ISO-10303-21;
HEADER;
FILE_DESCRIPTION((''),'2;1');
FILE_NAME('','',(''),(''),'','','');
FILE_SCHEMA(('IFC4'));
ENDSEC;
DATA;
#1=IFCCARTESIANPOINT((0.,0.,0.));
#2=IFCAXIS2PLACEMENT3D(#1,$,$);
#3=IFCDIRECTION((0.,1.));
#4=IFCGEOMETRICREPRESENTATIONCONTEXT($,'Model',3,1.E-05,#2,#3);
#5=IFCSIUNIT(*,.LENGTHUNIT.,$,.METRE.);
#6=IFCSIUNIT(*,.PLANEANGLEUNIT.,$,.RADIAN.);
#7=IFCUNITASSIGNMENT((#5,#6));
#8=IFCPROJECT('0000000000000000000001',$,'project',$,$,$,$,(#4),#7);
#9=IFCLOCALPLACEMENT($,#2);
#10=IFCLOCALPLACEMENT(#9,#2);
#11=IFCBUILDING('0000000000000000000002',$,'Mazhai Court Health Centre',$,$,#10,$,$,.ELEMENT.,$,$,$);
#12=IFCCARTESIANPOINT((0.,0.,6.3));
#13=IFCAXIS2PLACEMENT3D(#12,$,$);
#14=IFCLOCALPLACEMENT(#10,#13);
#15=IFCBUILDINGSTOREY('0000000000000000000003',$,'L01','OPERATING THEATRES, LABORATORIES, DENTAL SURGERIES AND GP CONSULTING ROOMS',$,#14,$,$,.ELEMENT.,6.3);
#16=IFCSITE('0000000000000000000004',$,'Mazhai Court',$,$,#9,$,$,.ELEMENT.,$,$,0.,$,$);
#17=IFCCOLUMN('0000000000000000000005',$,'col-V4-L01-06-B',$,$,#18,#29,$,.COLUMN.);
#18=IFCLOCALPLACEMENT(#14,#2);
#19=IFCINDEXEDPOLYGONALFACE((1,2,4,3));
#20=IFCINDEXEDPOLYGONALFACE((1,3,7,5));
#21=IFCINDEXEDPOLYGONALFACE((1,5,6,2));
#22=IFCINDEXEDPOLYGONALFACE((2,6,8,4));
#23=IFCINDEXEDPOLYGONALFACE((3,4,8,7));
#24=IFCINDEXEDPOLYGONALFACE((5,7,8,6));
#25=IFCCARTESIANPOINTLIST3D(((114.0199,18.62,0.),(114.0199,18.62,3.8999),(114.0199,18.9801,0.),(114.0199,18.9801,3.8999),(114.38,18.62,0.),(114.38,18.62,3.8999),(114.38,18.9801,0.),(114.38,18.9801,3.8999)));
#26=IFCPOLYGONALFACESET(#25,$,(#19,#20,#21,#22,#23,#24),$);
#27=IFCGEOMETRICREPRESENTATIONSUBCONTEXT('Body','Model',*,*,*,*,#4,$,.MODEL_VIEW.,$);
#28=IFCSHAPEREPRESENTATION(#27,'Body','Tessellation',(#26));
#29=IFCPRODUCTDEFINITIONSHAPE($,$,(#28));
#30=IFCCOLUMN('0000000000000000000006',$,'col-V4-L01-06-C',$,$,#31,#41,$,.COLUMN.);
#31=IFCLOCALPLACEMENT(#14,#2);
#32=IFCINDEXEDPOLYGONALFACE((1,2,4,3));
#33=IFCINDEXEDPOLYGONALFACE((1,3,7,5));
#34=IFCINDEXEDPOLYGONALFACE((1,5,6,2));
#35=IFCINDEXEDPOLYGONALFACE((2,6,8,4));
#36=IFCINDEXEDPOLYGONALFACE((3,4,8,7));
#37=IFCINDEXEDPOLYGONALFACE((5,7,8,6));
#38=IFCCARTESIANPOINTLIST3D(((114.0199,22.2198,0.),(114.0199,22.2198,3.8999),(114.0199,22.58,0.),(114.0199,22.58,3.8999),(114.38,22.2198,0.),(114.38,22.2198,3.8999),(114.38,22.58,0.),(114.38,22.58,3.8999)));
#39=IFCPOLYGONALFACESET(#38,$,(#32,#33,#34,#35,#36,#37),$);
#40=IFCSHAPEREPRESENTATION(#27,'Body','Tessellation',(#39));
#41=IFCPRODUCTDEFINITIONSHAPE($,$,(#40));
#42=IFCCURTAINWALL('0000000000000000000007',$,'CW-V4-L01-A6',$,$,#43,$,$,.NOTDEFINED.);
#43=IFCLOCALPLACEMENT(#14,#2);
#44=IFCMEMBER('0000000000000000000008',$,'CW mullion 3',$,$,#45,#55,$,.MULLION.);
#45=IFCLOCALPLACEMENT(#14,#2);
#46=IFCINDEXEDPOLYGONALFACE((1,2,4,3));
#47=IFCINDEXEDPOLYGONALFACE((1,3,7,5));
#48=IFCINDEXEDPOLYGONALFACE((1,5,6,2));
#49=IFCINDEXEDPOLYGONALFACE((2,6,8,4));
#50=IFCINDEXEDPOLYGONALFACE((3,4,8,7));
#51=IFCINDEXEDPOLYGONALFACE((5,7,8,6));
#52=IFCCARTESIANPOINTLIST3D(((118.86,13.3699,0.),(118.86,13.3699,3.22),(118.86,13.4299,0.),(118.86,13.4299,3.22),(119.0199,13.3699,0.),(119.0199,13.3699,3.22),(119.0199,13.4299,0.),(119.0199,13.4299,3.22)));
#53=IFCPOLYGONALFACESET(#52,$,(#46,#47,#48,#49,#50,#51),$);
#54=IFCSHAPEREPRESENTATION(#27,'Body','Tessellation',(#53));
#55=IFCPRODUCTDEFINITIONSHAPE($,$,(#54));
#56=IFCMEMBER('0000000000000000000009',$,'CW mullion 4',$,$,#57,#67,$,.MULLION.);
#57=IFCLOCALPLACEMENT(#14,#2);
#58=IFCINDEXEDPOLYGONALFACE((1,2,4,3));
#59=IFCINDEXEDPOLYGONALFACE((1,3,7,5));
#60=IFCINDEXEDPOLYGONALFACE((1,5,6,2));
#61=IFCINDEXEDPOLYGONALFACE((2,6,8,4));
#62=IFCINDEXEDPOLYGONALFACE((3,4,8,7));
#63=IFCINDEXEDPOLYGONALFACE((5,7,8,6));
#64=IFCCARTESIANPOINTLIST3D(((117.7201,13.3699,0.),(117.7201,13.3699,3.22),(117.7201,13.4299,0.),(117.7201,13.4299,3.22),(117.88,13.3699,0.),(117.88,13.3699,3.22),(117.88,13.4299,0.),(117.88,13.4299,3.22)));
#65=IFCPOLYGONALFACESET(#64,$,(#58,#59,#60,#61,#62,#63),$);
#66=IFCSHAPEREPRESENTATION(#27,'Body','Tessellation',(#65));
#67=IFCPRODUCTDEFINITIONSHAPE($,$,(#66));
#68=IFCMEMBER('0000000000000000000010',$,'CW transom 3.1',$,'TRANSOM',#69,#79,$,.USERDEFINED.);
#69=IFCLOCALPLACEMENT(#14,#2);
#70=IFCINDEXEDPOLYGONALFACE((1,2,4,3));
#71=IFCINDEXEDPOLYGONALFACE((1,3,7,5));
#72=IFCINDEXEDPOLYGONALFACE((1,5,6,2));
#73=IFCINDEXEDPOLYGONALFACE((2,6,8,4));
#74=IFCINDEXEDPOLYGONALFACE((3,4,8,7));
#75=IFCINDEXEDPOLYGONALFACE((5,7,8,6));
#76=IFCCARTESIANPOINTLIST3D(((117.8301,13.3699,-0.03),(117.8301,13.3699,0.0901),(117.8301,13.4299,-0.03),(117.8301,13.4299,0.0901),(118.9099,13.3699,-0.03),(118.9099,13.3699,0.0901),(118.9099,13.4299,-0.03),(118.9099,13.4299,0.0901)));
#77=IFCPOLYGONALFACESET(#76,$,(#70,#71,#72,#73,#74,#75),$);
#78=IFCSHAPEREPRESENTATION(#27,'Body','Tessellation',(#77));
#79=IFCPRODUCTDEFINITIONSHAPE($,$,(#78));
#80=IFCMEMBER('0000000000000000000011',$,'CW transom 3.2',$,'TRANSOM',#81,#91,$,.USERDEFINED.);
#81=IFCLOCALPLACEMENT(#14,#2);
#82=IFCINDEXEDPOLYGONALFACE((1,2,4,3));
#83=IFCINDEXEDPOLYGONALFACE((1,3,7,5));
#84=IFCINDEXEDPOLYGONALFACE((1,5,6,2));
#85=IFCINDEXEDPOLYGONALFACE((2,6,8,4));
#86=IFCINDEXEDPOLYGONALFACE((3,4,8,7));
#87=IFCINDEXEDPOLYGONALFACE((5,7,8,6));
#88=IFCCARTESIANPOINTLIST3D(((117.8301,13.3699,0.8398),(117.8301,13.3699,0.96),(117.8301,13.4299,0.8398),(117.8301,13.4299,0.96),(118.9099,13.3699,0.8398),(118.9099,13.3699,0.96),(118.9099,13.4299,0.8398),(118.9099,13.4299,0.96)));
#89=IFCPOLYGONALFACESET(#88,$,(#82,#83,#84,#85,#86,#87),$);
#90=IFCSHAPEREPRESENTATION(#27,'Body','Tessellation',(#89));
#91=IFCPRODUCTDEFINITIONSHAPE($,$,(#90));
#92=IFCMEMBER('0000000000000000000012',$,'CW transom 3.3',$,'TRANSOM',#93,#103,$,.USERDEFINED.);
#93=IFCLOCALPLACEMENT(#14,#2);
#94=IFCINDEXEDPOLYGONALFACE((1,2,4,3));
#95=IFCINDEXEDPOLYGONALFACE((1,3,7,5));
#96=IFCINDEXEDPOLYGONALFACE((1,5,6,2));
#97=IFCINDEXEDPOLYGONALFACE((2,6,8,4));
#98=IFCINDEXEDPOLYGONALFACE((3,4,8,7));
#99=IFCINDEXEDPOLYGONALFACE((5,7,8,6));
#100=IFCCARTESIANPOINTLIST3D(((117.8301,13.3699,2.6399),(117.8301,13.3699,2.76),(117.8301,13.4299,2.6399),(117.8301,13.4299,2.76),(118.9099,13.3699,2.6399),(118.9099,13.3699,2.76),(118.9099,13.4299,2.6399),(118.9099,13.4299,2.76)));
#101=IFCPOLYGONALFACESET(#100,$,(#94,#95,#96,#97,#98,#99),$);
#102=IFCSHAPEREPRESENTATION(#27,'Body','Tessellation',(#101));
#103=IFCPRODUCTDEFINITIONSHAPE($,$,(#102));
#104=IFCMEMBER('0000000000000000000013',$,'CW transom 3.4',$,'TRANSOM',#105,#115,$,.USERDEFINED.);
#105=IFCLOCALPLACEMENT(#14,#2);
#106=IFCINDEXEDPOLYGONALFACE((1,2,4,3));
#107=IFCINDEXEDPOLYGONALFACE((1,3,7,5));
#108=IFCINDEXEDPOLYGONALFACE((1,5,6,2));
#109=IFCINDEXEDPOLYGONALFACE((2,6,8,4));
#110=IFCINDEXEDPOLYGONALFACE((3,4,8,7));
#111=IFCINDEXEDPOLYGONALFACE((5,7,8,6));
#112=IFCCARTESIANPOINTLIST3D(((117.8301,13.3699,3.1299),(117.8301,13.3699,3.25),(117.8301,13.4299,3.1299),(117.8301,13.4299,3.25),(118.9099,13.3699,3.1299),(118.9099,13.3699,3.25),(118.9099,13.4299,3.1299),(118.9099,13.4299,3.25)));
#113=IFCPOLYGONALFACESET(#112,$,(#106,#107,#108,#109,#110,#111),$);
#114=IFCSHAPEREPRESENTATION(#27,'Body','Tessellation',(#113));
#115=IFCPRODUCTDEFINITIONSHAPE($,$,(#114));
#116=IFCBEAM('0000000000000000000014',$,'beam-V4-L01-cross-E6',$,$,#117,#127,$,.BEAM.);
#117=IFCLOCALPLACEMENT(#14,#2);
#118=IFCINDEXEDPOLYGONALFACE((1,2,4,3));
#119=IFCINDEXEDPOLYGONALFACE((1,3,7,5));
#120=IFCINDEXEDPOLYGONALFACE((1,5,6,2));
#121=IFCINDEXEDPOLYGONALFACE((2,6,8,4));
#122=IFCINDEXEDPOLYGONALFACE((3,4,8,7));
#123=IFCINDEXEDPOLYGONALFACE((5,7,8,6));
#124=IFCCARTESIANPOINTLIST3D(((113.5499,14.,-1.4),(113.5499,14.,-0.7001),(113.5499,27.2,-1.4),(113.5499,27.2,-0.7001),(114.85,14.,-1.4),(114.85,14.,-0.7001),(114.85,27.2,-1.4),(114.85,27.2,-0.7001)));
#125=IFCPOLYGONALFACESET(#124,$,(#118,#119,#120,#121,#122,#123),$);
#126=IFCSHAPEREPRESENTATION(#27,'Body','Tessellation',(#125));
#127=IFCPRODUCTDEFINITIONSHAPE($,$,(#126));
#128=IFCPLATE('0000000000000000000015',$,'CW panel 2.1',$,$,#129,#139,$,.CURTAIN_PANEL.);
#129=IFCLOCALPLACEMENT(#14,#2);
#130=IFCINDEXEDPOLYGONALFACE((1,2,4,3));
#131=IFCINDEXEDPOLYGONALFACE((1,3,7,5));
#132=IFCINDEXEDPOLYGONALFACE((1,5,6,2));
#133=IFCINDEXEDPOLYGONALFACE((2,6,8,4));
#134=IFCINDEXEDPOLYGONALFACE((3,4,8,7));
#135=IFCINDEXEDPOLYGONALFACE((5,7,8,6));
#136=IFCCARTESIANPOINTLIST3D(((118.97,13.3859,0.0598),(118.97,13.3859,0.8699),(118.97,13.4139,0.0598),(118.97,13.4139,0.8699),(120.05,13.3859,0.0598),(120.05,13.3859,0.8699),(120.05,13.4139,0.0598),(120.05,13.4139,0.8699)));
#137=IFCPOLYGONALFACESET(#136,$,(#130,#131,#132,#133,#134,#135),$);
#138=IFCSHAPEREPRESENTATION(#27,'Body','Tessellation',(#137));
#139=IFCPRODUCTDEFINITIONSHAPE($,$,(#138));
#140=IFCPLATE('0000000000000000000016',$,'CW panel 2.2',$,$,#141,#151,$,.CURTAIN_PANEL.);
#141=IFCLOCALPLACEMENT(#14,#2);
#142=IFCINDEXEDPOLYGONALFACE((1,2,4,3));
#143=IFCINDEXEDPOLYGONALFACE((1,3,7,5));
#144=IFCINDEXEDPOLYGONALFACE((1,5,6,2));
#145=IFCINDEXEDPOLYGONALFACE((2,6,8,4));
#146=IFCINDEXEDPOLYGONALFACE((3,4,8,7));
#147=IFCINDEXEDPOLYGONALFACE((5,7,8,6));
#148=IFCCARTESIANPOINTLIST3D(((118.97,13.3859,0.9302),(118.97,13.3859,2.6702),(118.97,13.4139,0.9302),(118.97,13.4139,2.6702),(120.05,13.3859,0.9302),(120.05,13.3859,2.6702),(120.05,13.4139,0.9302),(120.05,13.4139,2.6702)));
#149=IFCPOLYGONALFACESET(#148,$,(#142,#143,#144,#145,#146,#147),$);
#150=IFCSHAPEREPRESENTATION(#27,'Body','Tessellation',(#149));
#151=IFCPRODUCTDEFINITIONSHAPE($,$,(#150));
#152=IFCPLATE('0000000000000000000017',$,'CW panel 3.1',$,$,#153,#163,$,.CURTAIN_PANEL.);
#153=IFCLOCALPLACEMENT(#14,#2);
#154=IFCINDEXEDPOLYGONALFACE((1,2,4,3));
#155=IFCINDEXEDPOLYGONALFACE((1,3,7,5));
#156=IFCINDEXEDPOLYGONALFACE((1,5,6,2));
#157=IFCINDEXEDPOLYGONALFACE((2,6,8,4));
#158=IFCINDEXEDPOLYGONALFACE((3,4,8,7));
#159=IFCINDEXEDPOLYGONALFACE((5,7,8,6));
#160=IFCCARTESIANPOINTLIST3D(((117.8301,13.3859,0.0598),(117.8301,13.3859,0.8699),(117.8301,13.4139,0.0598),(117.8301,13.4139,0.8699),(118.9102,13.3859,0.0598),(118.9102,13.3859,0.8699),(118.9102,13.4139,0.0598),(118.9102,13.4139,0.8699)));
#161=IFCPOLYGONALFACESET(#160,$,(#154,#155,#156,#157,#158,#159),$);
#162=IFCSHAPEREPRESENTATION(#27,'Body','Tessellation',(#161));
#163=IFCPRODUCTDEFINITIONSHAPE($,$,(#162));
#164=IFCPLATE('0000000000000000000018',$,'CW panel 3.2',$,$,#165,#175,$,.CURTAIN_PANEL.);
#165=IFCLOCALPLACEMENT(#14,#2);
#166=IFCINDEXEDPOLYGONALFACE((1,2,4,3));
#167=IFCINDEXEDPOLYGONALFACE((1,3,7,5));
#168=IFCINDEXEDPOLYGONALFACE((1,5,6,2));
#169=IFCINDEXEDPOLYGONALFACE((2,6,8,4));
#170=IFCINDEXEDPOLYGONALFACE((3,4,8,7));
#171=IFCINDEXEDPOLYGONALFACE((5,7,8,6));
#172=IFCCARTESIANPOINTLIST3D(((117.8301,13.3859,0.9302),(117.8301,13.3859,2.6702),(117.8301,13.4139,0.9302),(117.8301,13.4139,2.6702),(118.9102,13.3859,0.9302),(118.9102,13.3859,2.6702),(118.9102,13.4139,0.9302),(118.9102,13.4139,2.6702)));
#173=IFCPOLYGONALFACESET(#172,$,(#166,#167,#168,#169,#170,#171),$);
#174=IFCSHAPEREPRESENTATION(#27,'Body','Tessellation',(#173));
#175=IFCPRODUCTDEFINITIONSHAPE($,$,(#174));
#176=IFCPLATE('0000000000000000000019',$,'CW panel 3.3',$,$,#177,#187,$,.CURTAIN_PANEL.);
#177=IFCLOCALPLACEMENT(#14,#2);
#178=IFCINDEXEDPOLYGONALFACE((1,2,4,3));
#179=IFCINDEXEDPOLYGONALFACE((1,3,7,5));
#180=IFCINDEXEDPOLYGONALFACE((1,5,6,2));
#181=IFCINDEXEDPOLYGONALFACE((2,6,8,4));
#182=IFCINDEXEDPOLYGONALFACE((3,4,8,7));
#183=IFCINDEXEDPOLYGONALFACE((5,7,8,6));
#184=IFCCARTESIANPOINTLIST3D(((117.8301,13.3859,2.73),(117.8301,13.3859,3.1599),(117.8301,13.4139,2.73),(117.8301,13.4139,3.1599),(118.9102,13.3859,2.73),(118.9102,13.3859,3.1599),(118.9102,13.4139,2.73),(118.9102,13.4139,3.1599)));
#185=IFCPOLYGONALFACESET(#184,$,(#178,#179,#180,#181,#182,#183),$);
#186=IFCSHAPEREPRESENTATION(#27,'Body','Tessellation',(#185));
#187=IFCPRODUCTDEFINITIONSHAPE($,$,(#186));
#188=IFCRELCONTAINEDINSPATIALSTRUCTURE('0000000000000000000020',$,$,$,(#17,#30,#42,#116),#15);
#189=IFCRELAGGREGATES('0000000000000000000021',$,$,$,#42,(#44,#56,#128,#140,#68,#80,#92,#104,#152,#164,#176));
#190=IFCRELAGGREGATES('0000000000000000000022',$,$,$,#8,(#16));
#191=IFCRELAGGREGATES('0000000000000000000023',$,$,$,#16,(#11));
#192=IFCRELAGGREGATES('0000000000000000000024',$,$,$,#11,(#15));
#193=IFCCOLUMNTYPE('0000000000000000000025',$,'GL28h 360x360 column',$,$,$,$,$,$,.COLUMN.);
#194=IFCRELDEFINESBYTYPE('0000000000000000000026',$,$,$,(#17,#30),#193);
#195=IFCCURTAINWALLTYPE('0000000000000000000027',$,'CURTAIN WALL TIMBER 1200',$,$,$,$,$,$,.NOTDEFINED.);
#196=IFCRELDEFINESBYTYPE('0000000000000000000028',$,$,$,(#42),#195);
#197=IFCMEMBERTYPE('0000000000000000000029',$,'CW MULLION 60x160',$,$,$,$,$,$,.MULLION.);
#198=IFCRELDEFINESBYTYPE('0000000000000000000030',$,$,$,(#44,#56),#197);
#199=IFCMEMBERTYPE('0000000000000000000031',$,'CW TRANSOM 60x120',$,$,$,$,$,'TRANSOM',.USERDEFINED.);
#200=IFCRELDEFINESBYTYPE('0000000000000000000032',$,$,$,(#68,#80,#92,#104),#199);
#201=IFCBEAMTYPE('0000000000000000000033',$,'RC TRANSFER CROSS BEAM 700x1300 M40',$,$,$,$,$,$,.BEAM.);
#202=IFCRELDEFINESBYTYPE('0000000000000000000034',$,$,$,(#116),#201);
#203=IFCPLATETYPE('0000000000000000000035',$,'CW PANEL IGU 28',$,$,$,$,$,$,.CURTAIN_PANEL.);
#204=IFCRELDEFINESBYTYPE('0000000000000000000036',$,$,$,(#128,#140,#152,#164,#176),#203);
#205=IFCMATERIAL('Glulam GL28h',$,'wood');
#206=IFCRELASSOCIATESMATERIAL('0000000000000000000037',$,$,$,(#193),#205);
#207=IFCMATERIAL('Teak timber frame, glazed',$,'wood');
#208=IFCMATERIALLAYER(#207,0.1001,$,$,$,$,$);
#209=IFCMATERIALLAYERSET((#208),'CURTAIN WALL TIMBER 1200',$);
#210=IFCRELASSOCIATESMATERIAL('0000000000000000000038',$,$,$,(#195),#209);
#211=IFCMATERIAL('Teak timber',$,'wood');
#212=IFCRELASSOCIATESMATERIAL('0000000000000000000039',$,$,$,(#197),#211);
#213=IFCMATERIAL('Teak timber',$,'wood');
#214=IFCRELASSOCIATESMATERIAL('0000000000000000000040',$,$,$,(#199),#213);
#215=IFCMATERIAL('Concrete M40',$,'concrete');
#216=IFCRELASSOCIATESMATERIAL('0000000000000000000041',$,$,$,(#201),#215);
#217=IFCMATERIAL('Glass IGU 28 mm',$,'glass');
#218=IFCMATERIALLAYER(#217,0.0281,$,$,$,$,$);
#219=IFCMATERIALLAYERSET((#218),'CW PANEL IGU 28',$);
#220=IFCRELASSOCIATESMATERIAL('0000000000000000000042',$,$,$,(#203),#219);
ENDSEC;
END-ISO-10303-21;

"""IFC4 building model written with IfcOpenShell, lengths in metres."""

from ifc_helpers import new_model, si_unit, direction, frame, origin, origin_2d, place, context, subcontext, project, spatial, rectangle, extrude, material, layer, layer_set, material_profile, profile_set, type_object, element, aggregate, save


model = new_model("IFC4")

# Units and contexts
model_context = context("Model", 3, precision=1e-05, world=origin(), true_north=direction((0.0, 1.0)))
body_context = subcontext(model_context, "Body", "Model", "MODEL_VIEW")
ifc_project = project(units=[si_unit("LENGTHUNIT", "METRE"), si_unit("PLANEANGLEUNIT", "RADIAN")], contexts=[model_context])

# Site, building, storey
site_placement = place(None, origin())
site = spatial("IfcSite", under=ifc_project, at=site_placement, Name="Mazhai Court", CompositionType="ELEMENT", RefElevation=0.0)
building_placement = place(site_placement, origin())
building = spatial("IfcBuilding", under=site, at=building_placement, Name="Mazhai Court Health Centre", CompositionType="ELEMENT")
storey_placement = place(building_placement, frame((0.0, 0.0, 6.3)))
storey = spatial("IfcBuildingStorey", under=building, at=storey_placement, Name="L01", Description="OPERATING THEATRES, LABORATORIES, DENTAL SURGERIES AND GP CONSULTING ROOMS", CompositionType="ELEMENT", Elevation=6.3)

# Columns
ifc_material_1 = material(Name="Glulam GL28h", Category="wood")
ifc_material_profile_1 = material_profile(ifc_material_1, rectangle(XDim=0.3601, YDim=0.3601, at=origin_2d()), Name="GL28h 360x360")
ifc_profile_set_1 = profile_set([ifc_material_profile_1], Name="Glulam GL28h")
column_type = type_object("IfcColumnType", Name="GL28h 360x360 column", PredefinedType="COLUMN", material=ifc_profile_set_1)
for number, where, z_axis, x_axis, name in (
    (1, (114.2, 18.8, 0.0), (0.0, 0.0, 1.0), (1.0, 0.0, 0.0), "col-V4-L01-06-B"),
    (2, (114.2, 22.3999, 0.0), (0.0, 0.0, 1.0), (1.0, 0.0, 0.0), "col-V4-L01-06-C"),
):
    element("IfcColumn", number, at=place(storey_placement, frame(where, z_axis=z_axis, x_axis=x_axis)), inside=storey, type_object=column_type, Name=name, PredefinedType="COLUMN", context=body_context, shape_type="SweptSolid", body=[
        extrude(rectangle(XDim=0.3601, YDim=0.3601, at=origin_2d()), origin(), (0.0, 0.0, 1.0), 3.8999),
    ])

# Curtain wall, members
ifc_material_2 = material(Name="Teak timber frame, glazed", Category="wood")
ifc_layer_1 = layer(ifc_material_2, 0.1001)
ifc_layer_set_1 = layer_set([ifc_layer_1], Name="CURTAIN WALL TIMBER 1200")
curtain_wall_type = type_object("IfcCurtainWallType", Name="CURTAIN WALL TIMBER 1200", PredefinedType="NOTDEFINED", material=ifc_layer_set_1)
curtain_wall_placement = place(storey_placement, origin())
curtain_wall = element("IfcCurtainWall", 3, at=curtain_wall_placement, inside=storey, type_object=curtain_wall_type, Name="CW-V4-L01-A6", PredefinedType="NOTDEFINED")
ifc_material_3 = material(Name="Teak timber", Category="wood")
ifc_material_profile_2 = material_profile(ifc_material_3, rectangle(XDim=0.0601, YDim=0.1599, at=origin_2d()), Name="CW MULLION 60x160")
ifc_profile_set_2 = profile_set([ifc_material_profile_2], Name="Teak timber")
member_type_1 = type_object("IfcMemberType", Name="CW MULLION 60x160", PredefinedType="MULLION", material=ifc_profile_set_2)
member_1_placement = place(storey_placement, frame((118.9399, 13.3999, 0.0), z_axis=(0.0, 0.0, 1.0), x_axis=(0.0, -1.0, 0.0)))
member_1 = element("IfcMember", 4, at=member_1_placement, type_object=member_type_1, Name="CW mullion 3", PredefinedType="MULLION", context=body_context, shape_type="SweptSolid", body=[
    extrude(rectangle(XDim=0.0601, YDim=0.1599, at=origin_2d()), origin(), (0.0, 0.0, 1.0), 3.22),
])
member_2_placement = place(storey_placement, frame((117.8, 13.3999, 0.0), z_axis=(0.0, 0.0, 1.0), x_axis=(0.0, -1.0, 0.0)))
member_2 = element("IfcMember", 5, at=member_2_placement, type_object=member_type_1, Name="CW mullion 4", PredefinedType="MULLION", context=body_context, shape_type="SweptSolid", body=[
    extrude(rectangle(XDim=0.0601, YDim=0.1599, at=origin_2d()), origin(), (0.0, 0.0, 1.0), 3.22),
])
ifc_material_4 = material(Name="Teak timber", Category="wood")
ifc_material_profile_3 = material_profile(ifc_material_4, rectangle(XDim=0.0601, YDim=0.1201, at=origin_2d()), Name="CW TRANSOM 60x120")
ifc_profile_set_3 = profile_set([ifc_material_profile_3], Name="Teak timber")
member_type_2 = type_object("IfcMemberType", Name="CW TRANSOM 60x120", ElementType="TRANSOM", PredefinedType="USERDEFINED", material=ifc_profile_set_3)
member_3_placement = place(storey_placement, frame((118.9099, 13.3999, 0.03), z_axis=(-1.0, 0.0, 0.0), x_axis=(0.0, -1.0, 0.0)))
member_3 = element("IfcMember", 6, at=member_3_placement, type_object=member_type_2, Name="CW transom 3.1", ObjectType="TRANSOM", PredefinedType="USERDEFINED", context=body_context, shape_type="SweptSolid", body=[
    extrude(rectangle(XDim=0.0601, YDim=0.1201, at=origin_2d()), origin(), (0.0, 0.0, 1.0), 1.0798),
])
member_4_placement = place(storey_placement, frame((118.9099, 13.3999, 0.8999), z_axis=(-1.0, 0.0, 0.0), x_axis=(0.0, -1.0, 0.0)))
member_4 = element("IfcMember", 7, at=member_4_placement, type_object=member_type_2, Name="CW transom 3.2", ObjectType="TRANSOM", PredefinedType="USERDEFINED", context=body_context, shape_type="SweptSolid", body=[
    extrude(rectangle(XDim=0.0601, YDim=0.1201, at=origin_2d()), origin(), (0.0, 0.0, 1.0), 1.0798),
])
member_5_placement = place(storey_placement, frame((118.9099, 13.3999, 2.7), z_axis=(-1.0, 0.0, 0.0), x_axis=(0.0, -1.0, 0.0)))
member_5 = element("IfcMember", 8, at=member_5_placement, type_object=member_type_2, Name="CW transom 3.3", ObjectType="TRANSOM", PredefinedType="USERDEFINED", context=body_context, shape_type="SweptSolid", body=[
    extrude(rectangle(XDim=0.0601, YDim=0.1201, at=origin_2d()), origin(), (0.0, 0.0, 1.0), 1.0798),
])
member_6_placement = place(storey_placement, frame((118.9099, 13.3999, 3.1899), z_axis=(-1.0, 0.0, 0.0), x_axis=(0.0, -1.0, 0.0)))
member_6 = element("IfcMember", 9, at=member_6_placement, type_object=member_type_2, Name="CW transom 3.4", ObjectType="TRANSOM", PredefinedType="USERDEFINED", context=body_context, shape_type="SweptSolid", body=[
    extrude(rectangle(XDim=0.0601, YDim=0.1201, at=origin_2d()), origin(), (0.0, 0.0, 1.0), 1.0798),
])

# Beam
ifc_material_5 = material(Name="Concrete M40", Category="concrete")
ifc_material_profile_4 = material_profile(ifc_material_5, rectangle(XDim=0.7, YDim=1.3, at=origin_2d()), Name="RC 700x1300")
ifc_profile_set_4 = profile_set([ifc_material_profile_4], Name="Concrete M40")
beam_type = type_object("IfcBeamType", Name="RC TRANSFER CROSS BEAM 700x1300 M40", PredefinedType="BEAM", material=ifc_profile_set_4)
beam_placement = place(storey_placement, frame((114.2, 14.0, -1.05), z_axis=(0.0, 1.0, 0.0), x_axis=(0.0, 0.0, 1.0)))
element("IfcBeam", 10, at=beam_placement, inside=storey, type_object=beam_type, Name="beam-V4-L01-cross-E6", PredefinedType="BEAM", context=body_context, shape_type="SweptSolid", body=[
    extrude(rectangle(XDim=0.7, YDim=1.3, at=origin_2d()), origin(), (0.0, 0.0, 1.0), 13.2),
])

# Plates
ifc_material_6 = material(Name="Glass IGU 28 mm", Category="glass")
ifc_layer_2 = layer(ifc_material_6, 0.0281)
ifc_layer_set_2 = layer_set([ifc_layer_2], Name="CW PANEL IGU 28")
plate_type = type_object("IfcPlateType", Name="CW PANEL IGU 28", PredefinedType="CURTAIN_PANEL", material=ifc_layer_set_2)
plate_1_placement = place(storey_placement, frame((119.51, 13.3999, 0.0598), z_axis=(0.0, 0.0, 1.0), x_axis=(-1.0, 0.0, 0.0)))
plate_1 = element("IfcPlate", 11, at=plate_1_placement, type_object=plate_type, Name="CW panel 2.1", PredefinedType="CURTAIN_PANEL", context=body_context, shape_type="SweptSolid", body=[
    extrude(rectangle(XDim=1.0801, YDim=0.0281, at=origin_2d()), origin(), (0.0, 0.0, 1.0), 0.8101),
])
plate_2_placement = place(storey_placement, frame((119.51, 13.3999, 0.9302), z_axis=(0.0, 0.0, 1.0), x_axis=(-1.0, 0.0, 0.0)))
plate_2 = element("IfcPlate", 12, at=plate_2_placement, type_object=plate_type, Name="CW panel 2.2", PredefinedType="CURTAIN_PANEL", context=body_context, shape_type="SweptSolid", body=[
    extrude(rectangle(XDim=1.0801, YDim=0.0281, at=origin_2d()), origin(), (0.0, 0.0, 1.0), 1.74),
])
plate_3_placement = place(storey_placement, frame((118.3701, 13.3999, 0.0598), z_axis=(0.0, 0.0, 1.0), x_axis=(-1.0, 0.0, 0.0)))
plate_3 = element("IfcPlate", 13, at=plate_3_placement, type_object=plate_type, Name="CW panel 3.1", PredefinedType="CURTAIN_PANEL", context=body_context, shape_type="SweptSolid", body=[
    extrude(rectangle(XDim=1.0801, YDim=0.0281, at=origin_2d()), origin(), (0.0, 0.0, 1.0), 0.8101),
])
plate_4_placement = place(storey_placement, frame((118.3701, 13.3999, 0.9302), z_axis=(0.0, 0.0, 1.0), x_axis=(-1.0, 0.0, 0.0)))
plate_4 = element("IfcPlate", 14, at=plate_4_placement, type_object=plate_type, Name="CW panel 3.2", PredefinedType="CURTAIN_PANEL", context=body_context, shape_type="SweptSolid", body=[
    extrude(rectangle(XDim=1.0801, YDim=0.0281, at=origin_2d()), origin(), (0.0, 0.0, 1.0), 1.74),
])
plate_5_placement = place(storey_placement, frame((118.3701, 13.3999, 2.73), z_axis=(0.0, 0.0, 1.0), x_axis=(-1.0, 0.0, 0.0)))
plate_5 = element("IfcPlate", 15, at=plate_5_placement, type_object=plate_type, Name="CW panel 3.3", PredefinedType="CURTAIN_PANEL", context=body_context, shape_type="SweptSolid", body=[
    extrude(rectangle(XDim=1.0801, YDim=0.0281, at=origin_2d()), origin(), (0.0, 0.0, 1.0), 0.4299),
])
aggregate(curtain_wall, [member_1, member_2, plate_1, plate_2, member_3, member_4, member_5, member_6, plate_3, plate_4, plate_5])

save(model, "model.ifc")
